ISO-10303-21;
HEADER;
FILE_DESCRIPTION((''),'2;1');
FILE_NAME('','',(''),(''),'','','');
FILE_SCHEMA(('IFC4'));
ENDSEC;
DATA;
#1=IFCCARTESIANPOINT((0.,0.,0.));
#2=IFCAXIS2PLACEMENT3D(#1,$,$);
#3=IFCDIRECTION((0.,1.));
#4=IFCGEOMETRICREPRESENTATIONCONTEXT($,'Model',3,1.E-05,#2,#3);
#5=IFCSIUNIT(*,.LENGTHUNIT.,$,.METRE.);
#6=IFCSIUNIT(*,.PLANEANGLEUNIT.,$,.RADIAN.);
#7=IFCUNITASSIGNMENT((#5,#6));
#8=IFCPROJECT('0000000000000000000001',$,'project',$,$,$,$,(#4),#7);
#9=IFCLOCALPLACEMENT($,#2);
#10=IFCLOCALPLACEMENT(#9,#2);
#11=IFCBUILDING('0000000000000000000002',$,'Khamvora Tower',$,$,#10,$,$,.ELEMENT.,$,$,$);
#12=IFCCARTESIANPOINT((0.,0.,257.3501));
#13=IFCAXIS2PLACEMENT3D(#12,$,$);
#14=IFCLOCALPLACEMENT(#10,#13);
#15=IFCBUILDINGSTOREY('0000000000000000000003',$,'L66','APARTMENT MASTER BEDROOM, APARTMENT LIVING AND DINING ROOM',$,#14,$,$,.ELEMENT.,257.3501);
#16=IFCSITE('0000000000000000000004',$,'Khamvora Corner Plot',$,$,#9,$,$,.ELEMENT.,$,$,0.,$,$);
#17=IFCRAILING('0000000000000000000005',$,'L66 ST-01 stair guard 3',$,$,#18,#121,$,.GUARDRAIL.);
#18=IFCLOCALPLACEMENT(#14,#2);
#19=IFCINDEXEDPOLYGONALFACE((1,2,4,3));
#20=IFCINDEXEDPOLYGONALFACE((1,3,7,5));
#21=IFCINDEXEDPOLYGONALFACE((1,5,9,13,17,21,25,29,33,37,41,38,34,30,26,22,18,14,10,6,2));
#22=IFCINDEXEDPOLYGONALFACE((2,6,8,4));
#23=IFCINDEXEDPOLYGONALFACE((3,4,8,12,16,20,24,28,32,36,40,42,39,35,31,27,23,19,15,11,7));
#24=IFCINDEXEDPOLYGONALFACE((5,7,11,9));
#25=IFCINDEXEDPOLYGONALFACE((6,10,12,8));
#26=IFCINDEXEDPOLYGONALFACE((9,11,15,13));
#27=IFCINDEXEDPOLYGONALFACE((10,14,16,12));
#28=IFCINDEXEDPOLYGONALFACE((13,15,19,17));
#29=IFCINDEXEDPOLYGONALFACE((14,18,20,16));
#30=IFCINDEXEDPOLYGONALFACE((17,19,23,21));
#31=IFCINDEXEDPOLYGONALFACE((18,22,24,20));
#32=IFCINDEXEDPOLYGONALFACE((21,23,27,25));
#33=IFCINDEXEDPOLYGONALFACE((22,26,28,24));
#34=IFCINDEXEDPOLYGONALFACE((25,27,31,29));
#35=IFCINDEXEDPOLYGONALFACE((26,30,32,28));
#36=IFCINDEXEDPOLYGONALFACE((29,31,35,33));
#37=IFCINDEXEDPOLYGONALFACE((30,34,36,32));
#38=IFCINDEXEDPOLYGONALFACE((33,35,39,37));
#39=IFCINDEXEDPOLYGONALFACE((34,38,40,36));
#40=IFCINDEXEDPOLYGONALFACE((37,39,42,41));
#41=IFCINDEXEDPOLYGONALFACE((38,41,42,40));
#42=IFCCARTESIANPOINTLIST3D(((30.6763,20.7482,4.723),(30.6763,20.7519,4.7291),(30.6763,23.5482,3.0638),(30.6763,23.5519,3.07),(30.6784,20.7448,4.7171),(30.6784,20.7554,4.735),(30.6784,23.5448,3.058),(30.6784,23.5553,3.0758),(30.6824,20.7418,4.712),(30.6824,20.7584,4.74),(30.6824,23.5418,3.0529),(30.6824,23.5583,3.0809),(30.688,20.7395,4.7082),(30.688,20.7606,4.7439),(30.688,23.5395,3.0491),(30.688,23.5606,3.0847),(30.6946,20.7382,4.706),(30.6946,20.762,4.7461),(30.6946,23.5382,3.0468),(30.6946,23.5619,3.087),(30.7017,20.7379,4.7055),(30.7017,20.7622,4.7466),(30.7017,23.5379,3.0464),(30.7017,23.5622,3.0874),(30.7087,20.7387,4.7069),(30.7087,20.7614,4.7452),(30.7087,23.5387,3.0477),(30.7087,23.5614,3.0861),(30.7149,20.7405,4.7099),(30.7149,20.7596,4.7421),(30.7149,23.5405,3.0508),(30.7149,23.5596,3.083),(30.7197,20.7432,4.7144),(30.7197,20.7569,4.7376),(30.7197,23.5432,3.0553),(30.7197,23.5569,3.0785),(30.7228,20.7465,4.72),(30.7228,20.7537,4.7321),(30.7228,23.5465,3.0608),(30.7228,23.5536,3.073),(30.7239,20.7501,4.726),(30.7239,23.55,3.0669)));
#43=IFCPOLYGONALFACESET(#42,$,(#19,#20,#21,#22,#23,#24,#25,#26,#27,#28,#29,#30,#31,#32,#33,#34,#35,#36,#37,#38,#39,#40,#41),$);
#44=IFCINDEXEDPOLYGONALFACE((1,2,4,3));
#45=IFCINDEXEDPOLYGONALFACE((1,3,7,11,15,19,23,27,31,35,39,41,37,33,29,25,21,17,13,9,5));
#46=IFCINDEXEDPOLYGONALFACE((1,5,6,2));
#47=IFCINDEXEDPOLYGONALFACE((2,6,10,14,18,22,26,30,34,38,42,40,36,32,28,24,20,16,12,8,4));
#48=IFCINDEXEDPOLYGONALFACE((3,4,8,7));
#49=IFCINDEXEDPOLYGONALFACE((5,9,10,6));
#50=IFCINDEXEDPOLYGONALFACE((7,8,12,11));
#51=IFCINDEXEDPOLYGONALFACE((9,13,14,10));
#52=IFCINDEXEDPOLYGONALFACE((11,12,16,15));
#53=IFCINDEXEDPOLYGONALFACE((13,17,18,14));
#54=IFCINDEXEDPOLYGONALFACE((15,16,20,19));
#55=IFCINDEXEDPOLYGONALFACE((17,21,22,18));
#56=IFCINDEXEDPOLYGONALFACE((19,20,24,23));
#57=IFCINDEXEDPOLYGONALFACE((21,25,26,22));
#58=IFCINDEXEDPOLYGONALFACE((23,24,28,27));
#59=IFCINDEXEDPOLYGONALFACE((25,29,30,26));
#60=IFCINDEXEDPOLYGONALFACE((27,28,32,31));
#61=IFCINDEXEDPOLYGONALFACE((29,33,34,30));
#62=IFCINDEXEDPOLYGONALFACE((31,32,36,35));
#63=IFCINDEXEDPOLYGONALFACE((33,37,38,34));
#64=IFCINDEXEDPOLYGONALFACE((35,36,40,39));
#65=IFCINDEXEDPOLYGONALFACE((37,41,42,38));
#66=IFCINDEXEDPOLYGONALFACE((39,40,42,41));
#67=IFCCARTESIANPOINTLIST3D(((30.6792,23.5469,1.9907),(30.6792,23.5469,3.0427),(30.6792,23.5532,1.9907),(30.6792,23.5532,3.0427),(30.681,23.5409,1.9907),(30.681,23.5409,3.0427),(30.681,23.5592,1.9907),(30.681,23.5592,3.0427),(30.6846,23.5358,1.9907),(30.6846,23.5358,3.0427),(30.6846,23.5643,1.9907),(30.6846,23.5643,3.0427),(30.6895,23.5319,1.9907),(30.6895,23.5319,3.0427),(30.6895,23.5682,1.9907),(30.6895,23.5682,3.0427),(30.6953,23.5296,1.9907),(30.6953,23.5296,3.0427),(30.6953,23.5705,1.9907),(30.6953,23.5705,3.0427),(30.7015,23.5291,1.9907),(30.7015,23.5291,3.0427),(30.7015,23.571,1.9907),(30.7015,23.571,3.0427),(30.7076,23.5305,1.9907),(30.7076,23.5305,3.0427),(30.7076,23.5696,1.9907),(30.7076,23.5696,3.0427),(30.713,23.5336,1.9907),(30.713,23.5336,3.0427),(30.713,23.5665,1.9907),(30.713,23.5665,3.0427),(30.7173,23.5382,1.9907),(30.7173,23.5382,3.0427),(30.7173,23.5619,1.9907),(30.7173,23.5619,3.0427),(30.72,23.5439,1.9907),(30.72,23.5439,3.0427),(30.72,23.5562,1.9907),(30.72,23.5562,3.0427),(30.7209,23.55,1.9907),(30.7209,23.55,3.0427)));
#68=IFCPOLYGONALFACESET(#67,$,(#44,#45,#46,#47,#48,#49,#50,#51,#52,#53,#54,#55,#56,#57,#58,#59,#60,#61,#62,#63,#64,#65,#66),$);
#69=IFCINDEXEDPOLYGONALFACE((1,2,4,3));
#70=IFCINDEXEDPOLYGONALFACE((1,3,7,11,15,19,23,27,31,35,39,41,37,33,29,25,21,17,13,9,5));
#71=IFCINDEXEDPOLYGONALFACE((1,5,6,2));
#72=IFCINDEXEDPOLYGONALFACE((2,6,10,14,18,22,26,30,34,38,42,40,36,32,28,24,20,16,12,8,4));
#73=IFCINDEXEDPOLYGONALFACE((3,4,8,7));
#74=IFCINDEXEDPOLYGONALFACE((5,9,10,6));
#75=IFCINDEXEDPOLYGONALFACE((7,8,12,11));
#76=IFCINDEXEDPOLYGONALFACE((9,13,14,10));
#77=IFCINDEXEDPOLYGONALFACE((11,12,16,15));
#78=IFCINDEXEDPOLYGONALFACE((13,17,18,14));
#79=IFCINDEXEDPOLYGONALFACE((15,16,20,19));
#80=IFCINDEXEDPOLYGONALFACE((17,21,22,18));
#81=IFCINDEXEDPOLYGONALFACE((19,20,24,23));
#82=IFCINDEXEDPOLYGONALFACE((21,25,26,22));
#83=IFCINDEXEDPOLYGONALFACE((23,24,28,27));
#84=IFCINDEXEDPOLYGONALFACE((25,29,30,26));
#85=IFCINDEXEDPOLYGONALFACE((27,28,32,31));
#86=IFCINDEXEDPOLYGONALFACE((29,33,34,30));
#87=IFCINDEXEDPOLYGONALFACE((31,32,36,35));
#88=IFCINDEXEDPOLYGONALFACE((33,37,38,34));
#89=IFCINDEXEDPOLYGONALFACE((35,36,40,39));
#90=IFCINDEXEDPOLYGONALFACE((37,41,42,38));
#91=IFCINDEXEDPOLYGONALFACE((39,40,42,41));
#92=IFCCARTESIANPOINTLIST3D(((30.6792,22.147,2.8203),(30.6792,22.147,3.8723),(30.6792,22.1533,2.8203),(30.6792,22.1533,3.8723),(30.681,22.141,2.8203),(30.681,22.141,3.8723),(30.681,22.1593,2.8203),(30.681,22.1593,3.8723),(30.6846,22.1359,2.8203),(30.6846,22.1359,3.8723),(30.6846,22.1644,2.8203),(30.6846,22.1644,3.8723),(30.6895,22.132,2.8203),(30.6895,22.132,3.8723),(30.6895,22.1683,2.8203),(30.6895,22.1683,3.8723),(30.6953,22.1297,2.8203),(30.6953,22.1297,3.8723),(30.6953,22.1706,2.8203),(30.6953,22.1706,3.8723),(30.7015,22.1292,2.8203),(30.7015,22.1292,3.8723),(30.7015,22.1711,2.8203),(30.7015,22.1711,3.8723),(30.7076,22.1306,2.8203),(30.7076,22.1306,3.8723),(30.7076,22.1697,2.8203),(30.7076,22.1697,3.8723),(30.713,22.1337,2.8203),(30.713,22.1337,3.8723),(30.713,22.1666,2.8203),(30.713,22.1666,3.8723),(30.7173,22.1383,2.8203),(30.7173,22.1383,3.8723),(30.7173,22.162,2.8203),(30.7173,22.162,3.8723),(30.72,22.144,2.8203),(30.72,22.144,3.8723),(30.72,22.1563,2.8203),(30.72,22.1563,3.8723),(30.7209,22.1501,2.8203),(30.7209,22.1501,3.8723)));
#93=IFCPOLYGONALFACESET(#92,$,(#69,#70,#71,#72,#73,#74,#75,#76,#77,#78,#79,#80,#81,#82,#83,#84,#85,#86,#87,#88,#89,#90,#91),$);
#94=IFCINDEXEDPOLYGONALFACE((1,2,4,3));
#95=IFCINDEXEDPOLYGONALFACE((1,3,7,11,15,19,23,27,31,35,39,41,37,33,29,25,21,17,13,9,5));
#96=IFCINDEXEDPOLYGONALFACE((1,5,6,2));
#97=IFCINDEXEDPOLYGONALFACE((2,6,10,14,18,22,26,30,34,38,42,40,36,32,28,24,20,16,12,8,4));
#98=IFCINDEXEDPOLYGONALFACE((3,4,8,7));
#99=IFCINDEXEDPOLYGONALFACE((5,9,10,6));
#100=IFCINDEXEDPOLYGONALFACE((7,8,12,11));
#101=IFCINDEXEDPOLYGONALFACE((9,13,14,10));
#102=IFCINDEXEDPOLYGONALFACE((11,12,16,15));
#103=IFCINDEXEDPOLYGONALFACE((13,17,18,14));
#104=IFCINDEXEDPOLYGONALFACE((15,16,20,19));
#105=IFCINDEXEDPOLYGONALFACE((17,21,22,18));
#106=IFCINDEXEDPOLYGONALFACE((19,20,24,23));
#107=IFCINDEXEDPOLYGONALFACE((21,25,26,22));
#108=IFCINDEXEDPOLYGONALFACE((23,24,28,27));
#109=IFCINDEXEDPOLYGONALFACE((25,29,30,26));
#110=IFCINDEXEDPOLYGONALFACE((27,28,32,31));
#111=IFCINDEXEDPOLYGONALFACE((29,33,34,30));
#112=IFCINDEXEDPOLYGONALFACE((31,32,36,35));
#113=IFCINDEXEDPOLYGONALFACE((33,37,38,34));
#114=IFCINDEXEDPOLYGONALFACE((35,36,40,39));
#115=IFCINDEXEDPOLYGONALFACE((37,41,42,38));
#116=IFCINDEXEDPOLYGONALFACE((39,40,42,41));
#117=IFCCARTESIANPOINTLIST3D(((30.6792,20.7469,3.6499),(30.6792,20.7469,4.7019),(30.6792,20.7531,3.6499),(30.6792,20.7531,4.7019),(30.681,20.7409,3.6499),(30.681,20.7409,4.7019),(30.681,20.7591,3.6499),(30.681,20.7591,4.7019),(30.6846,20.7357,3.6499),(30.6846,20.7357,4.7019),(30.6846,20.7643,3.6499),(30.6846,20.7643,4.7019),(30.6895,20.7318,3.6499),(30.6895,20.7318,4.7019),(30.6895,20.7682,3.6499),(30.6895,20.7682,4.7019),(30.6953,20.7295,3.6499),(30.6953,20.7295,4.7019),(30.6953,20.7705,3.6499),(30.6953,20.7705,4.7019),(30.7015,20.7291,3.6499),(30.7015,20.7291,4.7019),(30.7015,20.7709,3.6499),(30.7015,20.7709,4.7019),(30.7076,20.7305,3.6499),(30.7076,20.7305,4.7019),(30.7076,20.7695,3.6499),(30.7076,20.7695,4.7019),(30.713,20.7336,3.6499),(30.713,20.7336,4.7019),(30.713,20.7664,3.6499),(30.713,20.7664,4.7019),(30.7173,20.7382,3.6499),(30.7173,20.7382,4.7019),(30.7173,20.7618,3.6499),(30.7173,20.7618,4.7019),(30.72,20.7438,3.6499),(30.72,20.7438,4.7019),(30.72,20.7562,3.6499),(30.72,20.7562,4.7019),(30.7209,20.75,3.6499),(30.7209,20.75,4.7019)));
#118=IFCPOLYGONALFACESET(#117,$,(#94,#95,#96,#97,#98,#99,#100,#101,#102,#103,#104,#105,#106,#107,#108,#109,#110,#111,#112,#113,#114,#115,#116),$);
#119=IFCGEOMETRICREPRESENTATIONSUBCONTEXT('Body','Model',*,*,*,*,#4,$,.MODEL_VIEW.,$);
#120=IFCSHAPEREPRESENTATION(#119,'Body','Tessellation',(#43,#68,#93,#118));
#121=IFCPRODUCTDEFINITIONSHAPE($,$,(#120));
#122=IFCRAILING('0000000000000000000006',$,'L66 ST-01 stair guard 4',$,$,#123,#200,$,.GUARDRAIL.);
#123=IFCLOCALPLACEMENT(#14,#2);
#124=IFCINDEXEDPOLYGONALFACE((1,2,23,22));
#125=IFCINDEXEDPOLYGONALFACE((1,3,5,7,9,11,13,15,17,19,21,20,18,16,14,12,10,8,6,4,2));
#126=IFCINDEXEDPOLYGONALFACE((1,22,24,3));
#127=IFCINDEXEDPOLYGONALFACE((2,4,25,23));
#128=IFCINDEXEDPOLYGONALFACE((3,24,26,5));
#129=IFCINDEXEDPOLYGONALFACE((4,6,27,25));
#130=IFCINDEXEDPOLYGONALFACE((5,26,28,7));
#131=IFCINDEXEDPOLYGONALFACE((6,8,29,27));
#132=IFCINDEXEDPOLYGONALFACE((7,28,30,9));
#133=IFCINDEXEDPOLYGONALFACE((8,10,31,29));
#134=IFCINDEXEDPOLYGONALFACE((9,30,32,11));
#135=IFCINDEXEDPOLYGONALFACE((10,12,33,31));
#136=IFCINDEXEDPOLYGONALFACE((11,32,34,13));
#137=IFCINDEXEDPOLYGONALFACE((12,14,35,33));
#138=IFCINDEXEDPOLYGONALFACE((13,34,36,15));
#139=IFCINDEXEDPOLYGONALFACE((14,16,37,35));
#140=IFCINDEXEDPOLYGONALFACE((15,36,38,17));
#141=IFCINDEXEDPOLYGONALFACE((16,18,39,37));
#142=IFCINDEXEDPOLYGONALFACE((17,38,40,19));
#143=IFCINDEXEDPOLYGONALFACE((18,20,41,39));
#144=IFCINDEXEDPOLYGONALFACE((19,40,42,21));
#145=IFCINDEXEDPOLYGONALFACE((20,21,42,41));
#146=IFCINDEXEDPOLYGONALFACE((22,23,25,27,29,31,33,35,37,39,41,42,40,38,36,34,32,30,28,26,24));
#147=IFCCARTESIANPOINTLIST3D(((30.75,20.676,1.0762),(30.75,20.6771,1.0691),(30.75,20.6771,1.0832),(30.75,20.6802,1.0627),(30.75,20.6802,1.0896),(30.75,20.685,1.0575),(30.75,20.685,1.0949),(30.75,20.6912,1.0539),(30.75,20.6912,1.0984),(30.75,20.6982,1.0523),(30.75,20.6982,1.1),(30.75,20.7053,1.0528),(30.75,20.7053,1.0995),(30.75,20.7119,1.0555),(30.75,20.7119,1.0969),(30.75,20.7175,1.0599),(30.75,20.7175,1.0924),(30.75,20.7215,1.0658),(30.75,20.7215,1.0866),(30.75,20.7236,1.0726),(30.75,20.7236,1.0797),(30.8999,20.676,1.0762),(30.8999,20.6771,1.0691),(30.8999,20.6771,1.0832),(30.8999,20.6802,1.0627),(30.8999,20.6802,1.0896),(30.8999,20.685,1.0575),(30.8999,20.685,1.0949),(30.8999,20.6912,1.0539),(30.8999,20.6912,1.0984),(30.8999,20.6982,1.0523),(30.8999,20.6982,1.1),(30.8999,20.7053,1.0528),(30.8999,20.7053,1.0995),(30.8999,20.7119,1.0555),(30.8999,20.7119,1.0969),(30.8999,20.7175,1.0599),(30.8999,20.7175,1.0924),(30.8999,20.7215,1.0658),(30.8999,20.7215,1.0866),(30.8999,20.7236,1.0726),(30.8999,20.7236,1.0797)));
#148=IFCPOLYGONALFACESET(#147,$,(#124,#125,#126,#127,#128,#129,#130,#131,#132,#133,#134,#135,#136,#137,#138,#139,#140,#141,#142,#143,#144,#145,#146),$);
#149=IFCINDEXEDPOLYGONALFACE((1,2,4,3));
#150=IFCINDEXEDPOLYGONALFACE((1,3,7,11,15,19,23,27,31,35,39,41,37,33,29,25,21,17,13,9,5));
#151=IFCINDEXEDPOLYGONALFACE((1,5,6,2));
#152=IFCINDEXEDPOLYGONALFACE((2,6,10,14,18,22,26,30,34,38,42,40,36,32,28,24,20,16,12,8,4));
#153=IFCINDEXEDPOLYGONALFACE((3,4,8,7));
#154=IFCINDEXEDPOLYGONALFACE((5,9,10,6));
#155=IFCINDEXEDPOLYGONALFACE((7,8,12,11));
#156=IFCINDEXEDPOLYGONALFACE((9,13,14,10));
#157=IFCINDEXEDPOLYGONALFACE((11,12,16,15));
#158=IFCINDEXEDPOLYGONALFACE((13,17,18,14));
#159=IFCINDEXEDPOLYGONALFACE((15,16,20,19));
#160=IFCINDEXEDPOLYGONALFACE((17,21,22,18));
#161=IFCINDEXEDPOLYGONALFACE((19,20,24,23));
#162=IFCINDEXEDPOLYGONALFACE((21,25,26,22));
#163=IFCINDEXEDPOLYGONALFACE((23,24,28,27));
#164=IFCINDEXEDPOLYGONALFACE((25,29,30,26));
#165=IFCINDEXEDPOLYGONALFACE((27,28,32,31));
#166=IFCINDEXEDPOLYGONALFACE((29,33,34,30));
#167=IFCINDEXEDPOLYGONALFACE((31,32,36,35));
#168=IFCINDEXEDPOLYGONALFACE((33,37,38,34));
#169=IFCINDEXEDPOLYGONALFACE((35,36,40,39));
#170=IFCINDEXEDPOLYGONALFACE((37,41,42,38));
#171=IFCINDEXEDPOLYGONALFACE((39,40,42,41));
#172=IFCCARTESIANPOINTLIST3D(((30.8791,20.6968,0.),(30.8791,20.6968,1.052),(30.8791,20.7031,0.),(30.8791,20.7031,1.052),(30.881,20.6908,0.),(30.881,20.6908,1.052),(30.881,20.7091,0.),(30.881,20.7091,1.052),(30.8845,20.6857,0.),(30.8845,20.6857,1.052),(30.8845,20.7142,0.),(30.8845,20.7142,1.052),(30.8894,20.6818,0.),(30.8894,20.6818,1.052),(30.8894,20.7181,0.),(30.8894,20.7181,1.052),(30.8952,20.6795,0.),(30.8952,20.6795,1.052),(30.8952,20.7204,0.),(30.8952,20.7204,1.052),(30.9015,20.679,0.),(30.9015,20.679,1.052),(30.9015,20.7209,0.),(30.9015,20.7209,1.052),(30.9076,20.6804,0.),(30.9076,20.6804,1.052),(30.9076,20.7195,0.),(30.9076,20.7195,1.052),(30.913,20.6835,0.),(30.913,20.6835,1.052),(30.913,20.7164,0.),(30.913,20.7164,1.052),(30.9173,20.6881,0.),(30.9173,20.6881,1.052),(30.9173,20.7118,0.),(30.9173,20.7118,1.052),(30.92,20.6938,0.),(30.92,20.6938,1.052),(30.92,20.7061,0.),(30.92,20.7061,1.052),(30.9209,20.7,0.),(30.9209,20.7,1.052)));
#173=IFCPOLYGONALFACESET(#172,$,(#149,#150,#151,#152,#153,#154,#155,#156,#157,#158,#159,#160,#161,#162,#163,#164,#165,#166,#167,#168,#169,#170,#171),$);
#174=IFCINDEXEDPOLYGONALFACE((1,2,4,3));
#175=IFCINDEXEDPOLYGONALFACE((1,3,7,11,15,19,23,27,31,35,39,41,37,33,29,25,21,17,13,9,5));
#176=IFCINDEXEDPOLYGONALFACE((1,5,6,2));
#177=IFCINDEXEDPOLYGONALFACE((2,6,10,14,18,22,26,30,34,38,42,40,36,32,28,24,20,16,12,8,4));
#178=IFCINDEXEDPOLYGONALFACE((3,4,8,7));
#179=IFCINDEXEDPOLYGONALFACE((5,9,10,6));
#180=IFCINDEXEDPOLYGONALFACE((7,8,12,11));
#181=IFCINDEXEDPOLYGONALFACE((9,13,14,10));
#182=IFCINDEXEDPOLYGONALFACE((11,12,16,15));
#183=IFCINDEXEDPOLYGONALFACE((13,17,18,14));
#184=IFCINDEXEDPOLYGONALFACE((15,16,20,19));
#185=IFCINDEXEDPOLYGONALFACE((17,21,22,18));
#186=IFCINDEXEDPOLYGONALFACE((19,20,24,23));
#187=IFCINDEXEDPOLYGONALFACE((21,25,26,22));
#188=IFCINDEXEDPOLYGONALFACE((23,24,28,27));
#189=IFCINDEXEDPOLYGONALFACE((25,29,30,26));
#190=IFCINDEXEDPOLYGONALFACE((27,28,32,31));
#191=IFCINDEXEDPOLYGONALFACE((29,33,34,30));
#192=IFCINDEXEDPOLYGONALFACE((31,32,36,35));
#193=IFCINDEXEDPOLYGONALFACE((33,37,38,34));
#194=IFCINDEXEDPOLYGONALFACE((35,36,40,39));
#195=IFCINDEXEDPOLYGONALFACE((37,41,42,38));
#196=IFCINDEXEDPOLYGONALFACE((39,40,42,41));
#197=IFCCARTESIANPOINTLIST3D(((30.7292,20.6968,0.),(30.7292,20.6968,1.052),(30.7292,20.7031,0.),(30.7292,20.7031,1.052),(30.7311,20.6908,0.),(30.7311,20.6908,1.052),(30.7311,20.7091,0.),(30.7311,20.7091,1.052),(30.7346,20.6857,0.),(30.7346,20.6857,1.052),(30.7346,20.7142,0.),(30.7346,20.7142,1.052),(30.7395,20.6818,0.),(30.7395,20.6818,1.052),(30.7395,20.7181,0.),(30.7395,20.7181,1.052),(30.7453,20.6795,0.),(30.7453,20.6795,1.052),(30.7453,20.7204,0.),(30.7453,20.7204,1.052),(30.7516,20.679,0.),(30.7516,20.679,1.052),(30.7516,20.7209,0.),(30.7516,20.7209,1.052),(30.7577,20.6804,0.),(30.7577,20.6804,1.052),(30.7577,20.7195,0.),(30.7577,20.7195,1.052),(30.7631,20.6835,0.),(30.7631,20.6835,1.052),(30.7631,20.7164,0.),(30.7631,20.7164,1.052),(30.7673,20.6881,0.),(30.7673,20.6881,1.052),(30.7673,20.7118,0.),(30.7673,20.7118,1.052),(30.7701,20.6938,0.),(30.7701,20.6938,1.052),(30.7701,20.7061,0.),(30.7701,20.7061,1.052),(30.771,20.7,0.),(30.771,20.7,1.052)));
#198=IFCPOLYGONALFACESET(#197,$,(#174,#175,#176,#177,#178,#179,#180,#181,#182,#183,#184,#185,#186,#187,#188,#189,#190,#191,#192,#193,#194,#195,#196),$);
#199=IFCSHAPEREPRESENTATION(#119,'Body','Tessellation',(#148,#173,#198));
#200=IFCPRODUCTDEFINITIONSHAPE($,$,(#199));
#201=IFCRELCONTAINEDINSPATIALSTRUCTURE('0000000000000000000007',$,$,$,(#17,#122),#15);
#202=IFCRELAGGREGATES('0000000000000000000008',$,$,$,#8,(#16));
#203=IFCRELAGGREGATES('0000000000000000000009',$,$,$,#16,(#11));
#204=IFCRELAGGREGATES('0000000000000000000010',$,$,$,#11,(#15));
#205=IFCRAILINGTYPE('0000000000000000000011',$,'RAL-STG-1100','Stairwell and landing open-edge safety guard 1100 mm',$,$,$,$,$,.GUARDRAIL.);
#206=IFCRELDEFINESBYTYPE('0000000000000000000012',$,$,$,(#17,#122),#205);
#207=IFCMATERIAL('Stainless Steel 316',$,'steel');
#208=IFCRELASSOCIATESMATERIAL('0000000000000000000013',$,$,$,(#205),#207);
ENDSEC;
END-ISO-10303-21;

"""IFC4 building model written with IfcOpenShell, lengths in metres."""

from ifc_helpers import new_model, si_unit, direction, frame, origin, origin_2d, place, context, subcontext, project, spatial, circle, extrude, material, type_object, element, save


model = new_model("IFC4")

# Units and contexts
model_context = context("Model", 3, precision=1e-05, world=origin(), true_north=direction((0.0, 1.0)))
body_context = subcontext(model_context, "Body", "Model", "MODEL_VIEW")
ifc_project = project(units=[si_unit("LENGTHUNIT", "METRE"), si_unit("PLANEANGLEUNIT", "RADIAN")], contexts=[model_context])

# Site, building, storey
site_placement = place(None, origin())
site = spatial("IfcSite", under=ifc_project, at=site_placement, Name="Khamvora Corner Plot", CompositionType="ELEMENT", RefElevation=0.0)
building_placement = place(site_placement, origin())
building = spatial("IfcBuilding", under=site, at=building_placement, Name="Khamvora Tower", CompositionType="ELEMENT")
storey_placement = place(building_placement, frame((0.0, 0.0, 257.3501)))
storey = spatial("IfcBuildingStorey", under=building, at=storey_placement, Name="L66", Description="APARTMENT MASTER BEDROOM, APARTMENT LIVING AND DINING ROOM", CompositionType="ELEMENT", Elevation=257.3501)

# Railings
ifc_material_1 = material(Name="Stainless Steel 316", Category="steel")
railing_type_1 = type_object("IfcRailingType", Name="RAL-STG-1100", Description="Stairwell and landing open-edge safety guard 1100 mm", PredefinedType="GUARDRAIL", material=ifc_material_1)
railing_1_placement = place(storey_placement, frame((30.7, 23.55, 1.9907)))
element("IfcRailing", 1, at=railing_1_placement, inside=storey, type_object=railing_type_1, Name="L66 ST-01 stair guard 3", PredefinedType="GUARDRAIL", context=body_context, shape_type="SweptSolid", body=[
    extrude(circle(Radius=0.0239, at=origin_2d()), frame((0.0, 0.0, 1.0762), z_axis=(0.0, -0.860306, 0.509778), x_axis=(1.0, 0.0, 0.0)), (0.0, 0.0, 1.0), 3.2546),
    extrude(circle(Radius=0.021, at=origin_2d()), origin(), (0.0, 0.0, 1.0), 1.052),
    extrude(circle(Radius=0.021, at=origin_2d()), frame((0.0, -1.3999, 0.8296)), (0.0, 0.0, 1.0), 1.052),
    extrude(circle(Radius=0.021, at=origin_2d()), frame((0.0, -2.8, 1.6592)), (0.0, 0.0, 1.0), 1.052),
])
railing_2_placement = place(storey_placement, frame((30.8999, 20.7, 0.0)))
element("IfcRailing", 2, at=railing_2_placement, inside=storey, type_object=railing_type_1, Name="L66 ST-01 stair guard 4", PredefinedType="GUARDRAIL", context=body_context, shape_type="SweptSolid", body=[
    extrude(circle(Radius=0.0239, at=origin_2d()), frame((0.0, 0.0, 1.0762), z_axis=(-1.0, 0.0, 0.0), x_axis=(0.0, -1.0, 0.0)), (0.0, 0.0, 1.0), 0.1499),
    extrude(circle(Radius=0.021, at=origin_2d()), origin(), (0.0, 0.0, 1.0), 1.052),
    extrude(circle(Radius=0.021, at=origin_2d()), frame((-0.1499, 0.0, 0.0)), (0.0, 0.0, 1.0), 1.052),
])

save(model, "model.ifc")
